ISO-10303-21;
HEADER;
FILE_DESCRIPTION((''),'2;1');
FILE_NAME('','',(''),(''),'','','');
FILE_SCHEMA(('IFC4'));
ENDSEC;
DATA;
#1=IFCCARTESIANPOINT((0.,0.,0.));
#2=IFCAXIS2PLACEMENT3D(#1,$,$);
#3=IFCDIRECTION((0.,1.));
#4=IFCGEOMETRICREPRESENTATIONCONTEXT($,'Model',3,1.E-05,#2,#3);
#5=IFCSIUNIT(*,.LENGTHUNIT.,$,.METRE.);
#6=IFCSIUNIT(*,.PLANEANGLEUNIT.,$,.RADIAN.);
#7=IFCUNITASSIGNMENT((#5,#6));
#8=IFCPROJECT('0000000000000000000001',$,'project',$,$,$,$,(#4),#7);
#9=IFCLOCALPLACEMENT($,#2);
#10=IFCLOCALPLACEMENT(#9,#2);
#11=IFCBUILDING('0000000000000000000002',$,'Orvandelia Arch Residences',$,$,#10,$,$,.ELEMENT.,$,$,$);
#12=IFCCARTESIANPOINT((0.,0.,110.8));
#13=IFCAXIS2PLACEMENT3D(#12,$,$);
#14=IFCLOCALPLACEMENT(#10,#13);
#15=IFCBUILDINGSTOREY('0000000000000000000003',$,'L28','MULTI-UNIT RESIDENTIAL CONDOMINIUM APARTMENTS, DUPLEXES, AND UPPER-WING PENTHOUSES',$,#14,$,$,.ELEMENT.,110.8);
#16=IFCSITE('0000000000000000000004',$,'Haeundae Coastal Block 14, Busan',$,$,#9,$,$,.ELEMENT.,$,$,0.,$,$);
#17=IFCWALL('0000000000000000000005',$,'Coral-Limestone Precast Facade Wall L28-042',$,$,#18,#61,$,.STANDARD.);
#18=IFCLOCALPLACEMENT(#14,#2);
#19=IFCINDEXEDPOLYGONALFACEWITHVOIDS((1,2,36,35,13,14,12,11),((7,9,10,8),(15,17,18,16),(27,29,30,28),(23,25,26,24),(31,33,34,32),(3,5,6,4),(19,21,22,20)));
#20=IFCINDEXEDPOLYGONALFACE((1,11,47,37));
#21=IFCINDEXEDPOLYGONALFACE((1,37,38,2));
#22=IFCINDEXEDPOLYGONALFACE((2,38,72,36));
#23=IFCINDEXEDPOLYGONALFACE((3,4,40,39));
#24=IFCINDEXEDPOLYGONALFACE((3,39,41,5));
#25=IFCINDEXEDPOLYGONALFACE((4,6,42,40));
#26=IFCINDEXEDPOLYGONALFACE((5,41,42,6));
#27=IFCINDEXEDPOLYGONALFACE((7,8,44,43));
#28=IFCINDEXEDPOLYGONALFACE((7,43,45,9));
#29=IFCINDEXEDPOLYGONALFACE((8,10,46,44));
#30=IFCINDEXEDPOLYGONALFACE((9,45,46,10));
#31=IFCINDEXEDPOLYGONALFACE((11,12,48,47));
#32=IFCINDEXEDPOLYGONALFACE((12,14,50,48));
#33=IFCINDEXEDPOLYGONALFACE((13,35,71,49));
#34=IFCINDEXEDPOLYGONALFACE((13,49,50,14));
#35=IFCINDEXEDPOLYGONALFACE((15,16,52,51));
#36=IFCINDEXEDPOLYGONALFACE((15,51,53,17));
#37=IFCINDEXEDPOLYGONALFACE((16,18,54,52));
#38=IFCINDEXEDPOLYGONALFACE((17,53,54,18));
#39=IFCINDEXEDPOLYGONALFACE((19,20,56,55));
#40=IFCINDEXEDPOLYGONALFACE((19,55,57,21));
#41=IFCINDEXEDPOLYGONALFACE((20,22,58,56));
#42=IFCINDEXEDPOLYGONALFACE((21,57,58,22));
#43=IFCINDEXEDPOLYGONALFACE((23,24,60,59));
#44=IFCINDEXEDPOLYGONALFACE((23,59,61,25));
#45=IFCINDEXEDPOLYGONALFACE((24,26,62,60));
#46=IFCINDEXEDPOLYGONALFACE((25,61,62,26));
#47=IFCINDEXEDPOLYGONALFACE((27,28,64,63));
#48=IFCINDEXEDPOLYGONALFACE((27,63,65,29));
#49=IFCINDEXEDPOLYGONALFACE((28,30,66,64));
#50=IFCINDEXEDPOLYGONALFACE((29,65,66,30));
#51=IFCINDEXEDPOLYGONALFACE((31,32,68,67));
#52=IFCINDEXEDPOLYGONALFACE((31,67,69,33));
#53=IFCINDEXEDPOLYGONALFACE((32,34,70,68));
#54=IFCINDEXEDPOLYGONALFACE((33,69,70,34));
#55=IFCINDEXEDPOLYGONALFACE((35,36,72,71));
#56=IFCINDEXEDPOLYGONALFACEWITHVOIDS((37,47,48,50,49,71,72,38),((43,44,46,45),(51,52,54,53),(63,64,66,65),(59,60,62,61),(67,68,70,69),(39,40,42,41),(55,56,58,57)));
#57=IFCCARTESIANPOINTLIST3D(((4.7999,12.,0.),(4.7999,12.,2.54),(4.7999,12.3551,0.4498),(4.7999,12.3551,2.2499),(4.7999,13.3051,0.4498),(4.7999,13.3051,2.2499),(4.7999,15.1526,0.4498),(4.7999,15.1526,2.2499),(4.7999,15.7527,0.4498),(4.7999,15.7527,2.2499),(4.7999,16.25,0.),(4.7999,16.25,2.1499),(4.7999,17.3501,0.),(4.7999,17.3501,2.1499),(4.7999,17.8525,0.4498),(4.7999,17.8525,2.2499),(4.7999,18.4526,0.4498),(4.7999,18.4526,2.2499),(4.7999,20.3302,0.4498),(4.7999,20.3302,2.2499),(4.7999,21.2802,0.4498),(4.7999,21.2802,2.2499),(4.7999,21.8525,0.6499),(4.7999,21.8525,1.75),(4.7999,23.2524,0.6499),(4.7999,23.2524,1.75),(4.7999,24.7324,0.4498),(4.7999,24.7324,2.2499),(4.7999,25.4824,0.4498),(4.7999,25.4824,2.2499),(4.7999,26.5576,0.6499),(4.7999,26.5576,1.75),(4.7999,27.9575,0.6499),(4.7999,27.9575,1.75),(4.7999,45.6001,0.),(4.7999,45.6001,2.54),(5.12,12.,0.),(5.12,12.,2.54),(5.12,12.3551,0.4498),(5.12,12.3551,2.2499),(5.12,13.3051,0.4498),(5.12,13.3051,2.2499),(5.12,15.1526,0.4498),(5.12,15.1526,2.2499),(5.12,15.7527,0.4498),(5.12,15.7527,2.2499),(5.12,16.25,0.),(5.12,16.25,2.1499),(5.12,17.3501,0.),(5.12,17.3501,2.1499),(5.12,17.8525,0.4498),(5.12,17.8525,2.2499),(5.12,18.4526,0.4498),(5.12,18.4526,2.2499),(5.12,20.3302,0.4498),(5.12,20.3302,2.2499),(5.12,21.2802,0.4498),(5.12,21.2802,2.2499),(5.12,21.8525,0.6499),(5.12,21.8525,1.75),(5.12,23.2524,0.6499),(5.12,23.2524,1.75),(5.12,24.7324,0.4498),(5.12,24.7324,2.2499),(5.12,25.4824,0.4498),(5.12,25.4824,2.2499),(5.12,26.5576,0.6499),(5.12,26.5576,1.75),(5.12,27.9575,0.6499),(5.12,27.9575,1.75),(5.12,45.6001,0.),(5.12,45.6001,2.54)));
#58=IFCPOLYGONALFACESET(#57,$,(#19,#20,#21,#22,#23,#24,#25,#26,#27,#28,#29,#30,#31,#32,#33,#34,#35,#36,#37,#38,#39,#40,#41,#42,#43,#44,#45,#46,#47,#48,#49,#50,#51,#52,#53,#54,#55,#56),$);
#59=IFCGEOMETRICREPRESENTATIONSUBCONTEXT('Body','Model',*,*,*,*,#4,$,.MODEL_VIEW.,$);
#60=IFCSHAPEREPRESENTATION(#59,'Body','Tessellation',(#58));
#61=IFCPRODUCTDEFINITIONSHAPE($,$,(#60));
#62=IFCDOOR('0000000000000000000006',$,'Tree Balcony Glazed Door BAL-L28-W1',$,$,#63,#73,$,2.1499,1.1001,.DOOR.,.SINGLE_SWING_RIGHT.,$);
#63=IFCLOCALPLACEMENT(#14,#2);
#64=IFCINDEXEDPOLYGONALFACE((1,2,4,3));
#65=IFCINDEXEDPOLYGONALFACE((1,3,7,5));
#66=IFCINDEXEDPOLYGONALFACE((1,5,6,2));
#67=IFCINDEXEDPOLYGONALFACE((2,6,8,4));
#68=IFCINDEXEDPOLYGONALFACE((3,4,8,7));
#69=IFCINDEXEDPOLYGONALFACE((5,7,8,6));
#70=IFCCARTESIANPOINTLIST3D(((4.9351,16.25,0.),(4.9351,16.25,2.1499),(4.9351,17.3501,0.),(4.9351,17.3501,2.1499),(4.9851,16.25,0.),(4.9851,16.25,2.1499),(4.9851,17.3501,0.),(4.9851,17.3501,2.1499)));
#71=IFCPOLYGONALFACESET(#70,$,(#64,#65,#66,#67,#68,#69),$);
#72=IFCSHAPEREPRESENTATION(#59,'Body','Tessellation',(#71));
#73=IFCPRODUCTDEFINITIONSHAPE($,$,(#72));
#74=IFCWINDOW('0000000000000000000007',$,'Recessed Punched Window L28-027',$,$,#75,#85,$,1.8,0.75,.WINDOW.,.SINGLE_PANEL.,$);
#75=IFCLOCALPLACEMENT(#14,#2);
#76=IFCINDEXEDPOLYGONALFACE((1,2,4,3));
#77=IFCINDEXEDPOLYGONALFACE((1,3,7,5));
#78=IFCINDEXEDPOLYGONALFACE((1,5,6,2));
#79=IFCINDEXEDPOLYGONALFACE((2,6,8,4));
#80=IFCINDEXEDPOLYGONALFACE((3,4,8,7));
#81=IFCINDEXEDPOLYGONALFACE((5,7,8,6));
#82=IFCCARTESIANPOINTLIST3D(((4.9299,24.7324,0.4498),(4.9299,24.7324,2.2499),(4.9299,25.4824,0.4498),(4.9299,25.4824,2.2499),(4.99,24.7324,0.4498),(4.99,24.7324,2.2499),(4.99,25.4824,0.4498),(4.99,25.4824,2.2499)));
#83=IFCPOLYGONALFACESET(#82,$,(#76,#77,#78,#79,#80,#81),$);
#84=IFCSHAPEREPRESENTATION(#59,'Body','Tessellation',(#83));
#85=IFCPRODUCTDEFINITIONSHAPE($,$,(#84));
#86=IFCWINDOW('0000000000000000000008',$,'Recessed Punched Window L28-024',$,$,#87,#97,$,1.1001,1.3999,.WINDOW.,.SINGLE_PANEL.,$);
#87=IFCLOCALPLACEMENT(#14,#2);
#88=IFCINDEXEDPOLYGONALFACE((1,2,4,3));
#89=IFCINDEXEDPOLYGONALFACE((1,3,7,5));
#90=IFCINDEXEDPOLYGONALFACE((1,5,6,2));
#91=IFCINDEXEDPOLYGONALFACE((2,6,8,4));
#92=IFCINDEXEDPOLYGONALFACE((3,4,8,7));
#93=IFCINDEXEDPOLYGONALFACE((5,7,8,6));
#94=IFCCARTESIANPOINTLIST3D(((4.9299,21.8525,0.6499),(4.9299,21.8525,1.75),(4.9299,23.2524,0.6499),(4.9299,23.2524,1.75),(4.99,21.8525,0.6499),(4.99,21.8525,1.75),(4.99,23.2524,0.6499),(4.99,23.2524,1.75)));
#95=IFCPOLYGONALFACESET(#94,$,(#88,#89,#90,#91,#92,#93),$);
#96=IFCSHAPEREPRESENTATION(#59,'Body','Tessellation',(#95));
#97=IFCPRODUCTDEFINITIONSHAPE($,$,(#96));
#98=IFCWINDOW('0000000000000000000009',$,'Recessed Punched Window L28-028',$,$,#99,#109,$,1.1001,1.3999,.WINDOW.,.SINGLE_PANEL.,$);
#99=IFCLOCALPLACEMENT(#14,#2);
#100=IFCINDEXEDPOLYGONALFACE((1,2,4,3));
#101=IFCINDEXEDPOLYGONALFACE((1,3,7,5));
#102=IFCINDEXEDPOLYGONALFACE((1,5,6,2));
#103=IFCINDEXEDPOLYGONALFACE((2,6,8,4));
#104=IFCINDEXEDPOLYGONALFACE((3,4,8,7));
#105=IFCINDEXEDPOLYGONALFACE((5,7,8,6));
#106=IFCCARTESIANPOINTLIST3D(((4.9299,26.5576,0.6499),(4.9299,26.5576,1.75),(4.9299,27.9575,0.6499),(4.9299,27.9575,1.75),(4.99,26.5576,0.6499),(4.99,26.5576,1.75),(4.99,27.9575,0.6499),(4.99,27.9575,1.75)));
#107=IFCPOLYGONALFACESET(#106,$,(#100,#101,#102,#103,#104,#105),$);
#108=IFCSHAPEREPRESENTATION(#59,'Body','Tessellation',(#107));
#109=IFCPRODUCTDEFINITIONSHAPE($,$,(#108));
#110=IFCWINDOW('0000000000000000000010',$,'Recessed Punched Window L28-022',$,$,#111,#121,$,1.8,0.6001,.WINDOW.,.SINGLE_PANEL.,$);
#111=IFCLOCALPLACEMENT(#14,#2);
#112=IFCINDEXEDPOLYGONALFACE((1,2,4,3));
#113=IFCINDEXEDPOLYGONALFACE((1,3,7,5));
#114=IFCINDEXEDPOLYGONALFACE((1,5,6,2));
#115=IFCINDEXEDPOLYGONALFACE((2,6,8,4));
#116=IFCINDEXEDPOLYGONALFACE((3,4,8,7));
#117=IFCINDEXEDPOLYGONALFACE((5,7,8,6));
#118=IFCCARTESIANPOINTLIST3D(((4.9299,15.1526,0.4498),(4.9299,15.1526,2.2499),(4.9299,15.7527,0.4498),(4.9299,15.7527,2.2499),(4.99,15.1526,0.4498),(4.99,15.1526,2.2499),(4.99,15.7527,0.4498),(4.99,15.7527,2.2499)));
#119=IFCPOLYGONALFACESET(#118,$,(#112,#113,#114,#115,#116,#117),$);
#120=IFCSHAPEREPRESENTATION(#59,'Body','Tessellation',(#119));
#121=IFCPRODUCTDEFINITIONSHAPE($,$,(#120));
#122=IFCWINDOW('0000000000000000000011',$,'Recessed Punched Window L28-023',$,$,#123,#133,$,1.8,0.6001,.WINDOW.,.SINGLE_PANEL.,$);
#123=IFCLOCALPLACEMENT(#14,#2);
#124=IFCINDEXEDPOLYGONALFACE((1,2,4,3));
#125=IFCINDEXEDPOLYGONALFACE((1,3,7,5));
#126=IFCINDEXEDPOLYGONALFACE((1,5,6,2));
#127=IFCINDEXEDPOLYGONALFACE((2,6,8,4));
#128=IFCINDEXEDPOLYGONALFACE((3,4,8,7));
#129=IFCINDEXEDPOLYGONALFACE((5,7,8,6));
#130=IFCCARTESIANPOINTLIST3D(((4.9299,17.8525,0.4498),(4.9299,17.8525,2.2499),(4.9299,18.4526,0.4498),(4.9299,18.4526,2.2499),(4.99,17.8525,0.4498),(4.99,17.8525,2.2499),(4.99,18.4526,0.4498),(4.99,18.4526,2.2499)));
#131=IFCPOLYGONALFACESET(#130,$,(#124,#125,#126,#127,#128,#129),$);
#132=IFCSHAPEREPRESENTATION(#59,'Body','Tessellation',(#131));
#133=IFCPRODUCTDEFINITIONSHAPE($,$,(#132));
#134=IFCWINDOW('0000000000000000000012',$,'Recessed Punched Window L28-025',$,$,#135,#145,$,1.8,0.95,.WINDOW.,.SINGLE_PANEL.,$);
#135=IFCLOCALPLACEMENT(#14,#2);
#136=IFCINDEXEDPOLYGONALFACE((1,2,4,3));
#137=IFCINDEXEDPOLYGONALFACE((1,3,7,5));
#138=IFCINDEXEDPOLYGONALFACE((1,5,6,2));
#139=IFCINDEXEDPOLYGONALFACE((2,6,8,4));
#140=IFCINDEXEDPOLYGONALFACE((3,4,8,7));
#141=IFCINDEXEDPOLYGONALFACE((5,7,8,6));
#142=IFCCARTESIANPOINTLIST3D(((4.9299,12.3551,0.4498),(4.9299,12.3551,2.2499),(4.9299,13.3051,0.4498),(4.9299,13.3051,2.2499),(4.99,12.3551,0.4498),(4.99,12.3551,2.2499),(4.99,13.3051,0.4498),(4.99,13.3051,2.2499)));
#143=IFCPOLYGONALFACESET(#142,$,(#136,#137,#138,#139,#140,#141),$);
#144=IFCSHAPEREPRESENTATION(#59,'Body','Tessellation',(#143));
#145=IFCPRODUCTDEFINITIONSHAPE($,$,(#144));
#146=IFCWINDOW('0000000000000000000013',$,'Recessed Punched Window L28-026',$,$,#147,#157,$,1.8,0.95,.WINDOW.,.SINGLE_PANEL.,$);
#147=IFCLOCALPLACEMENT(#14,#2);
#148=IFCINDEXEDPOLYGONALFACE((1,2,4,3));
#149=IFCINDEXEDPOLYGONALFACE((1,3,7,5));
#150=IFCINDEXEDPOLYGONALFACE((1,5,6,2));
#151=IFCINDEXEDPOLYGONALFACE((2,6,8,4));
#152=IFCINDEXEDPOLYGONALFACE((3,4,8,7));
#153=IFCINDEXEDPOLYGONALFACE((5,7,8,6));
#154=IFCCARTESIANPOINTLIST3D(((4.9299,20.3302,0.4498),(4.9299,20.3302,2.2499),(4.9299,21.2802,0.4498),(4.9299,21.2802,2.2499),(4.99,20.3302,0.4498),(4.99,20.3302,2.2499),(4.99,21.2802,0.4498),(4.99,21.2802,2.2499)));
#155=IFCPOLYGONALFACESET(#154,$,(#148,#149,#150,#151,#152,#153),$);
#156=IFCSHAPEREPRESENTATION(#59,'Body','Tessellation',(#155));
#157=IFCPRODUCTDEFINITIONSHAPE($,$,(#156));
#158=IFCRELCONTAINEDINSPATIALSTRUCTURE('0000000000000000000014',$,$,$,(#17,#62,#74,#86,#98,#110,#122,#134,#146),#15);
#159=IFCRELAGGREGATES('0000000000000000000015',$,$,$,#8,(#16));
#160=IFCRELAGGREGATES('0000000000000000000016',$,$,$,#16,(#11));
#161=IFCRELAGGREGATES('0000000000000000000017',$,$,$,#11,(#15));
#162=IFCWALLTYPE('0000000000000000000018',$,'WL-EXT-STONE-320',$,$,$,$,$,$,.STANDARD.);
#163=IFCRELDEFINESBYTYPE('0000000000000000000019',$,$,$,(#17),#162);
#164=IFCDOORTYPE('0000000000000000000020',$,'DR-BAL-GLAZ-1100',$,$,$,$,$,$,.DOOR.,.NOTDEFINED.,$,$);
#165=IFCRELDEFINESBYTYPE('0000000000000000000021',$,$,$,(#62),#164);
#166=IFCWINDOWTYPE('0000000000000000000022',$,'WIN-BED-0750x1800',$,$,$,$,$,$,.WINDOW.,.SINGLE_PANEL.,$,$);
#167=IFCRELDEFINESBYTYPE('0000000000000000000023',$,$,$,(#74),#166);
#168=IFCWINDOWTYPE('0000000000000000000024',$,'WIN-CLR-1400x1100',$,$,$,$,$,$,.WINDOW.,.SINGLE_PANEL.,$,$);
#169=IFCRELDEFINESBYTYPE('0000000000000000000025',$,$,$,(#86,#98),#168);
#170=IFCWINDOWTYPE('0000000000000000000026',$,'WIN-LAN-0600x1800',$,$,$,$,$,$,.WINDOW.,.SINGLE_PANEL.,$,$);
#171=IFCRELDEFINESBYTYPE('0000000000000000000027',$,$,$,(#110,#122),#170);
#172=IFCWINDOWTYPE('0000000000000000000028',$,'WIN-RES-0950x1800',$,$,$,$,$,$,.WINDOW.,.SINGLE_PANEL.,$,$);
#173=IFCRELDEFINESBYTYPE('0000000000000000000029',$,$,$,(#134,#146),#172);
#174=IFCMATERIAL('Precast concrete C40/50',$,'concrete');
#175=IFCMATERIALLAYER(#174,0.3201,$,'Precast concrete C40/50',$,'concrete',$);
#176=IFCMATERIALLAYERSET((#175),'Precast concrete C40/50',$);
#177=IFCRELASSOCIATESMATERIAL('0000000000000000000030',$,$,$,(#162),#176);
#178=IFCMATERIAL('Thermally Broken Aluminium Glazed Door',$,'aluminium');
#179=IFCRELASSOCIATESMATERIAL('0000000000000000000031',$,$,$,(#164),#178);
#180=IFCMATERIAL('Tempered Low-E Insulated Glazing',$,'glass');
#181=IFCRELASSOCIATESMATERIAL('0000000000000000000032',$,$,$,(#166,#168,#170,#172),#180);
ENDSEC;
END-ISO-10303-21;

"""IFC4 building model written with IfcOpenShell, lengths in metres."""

from ifc_helpers import new_model, si_unit, direction, frame, frame_2d, origin, place, context, subcontext, project, spatial, rectangle, extrude, material, layer, layer_set, type_object, element, fill, save


model = new_model("IFC4")

# Units and contexts
model_context = context("Model", 3, precision=1e-05, world=origin(), true_north=direction((0.0, 1.0)))
body_context = subcontext(model_context, "Body", "Model", "MODEL_VIEW")
ifc_project = project(units=[si_unit("LENGTHUNIT", "METRE"), si_unit("PLANEANGLEUNIT", "RADIAN")], contexts=[model_context])

# Site, building, storey
site_placement = place(None, origin())
site = spatial("IfcSite", under=ifc_project, at=site_placement, Name="Haeundae Coastal Block 14, Busan", CompositionType="ELEMENT", RefElevation=0.0)
building_placement = place(site_placement, origin())
building = spatial("IfcBuilding", under=site, at=building_placement, Name="Orvandelia Arch Residences", CompositionType="ELEMENT")
storey_placement = place(building_placement, frame((0.0, 0.0, 110.8)))
storey = spatial("IfcBuildingStorey", under=building, at=storey_placement, Name="L28", Description="MULTI-UNIT RESIDENTIAL CONDOMINIUM APARTMENTS, DUPLEXES, AND UPPER-WING PENTHOUSES", CompositionType="ELEMENT", Elevation=110.8)

# Shared definitions
ifc_material_1 = material(Name="Precast concrete C40/50", Category="concrete")

# Shared definitions
ifc_layer_1 = layer(ifc_material_1, 0.3201, Name="Precast concrete C40/50", Category="concrete")
ifc_layer_set_1 = layer_set([ifc_layer_1], Name="Precast concrete C40/50")
wall_type_1 = type_object("IfcWallType", Name="WL-EXT-STONE-320", PredefinedType="STANDARD", material=ifc_layer_set_1)

# Wall, openings, door, windows
wall_1_placement = place(storey_placement, frame((4.96, 12.0, 0.0), z_axis=(0.0, 0.0, 1.0), x_axis=(0.0, 1.0, 0.0)))
wall_1 = element("IfcWall", 1, at=wall_1_placement, inside=storey, type_object=wall_type_1, Name="Coral-Limestone Precast Facade Wall L28-042", PredefinedType="STANDARD", context=body_context, shape_type="SweptSolid", body=[
    extrude(rectangle(XDim=33.6001, YDim=0.3201, at=frame_2d((16.8, 0.0))), origin(), (0.0, 0.0, 1.0), 2.54),
])
opening_1_placement = place(wall_1_placement, frame((4.25, 0.0, 0.0)))
opening_1 = element("IfcOpeningElement", 2, at=opening_1_placement, cuts=wall_1, PredefinedType="OPENING", context=body_context, shape_type="SweptSolid", body=[
    extrude(rectangle(XDim=1.1001, YDim=2.1499, at=frame_2d((0.55, 1.075))), frame((0.0, 0.1699, 0.0), z_axis=(0.0, -1.0, 0.0), x_axis=(1.0, 0.0, 0.0)), (0.0, 0.0, 1.0), 0.3401),
])
opening_2_placement = place(wall_1_placement, frame((3.1526, 0.0, 0.45)))
opening_2 = element("IfcOpeningElement", 3, at=opening_2_placement, cuts=wall_1, PredefinedType="OPENING", context=body_context, shape_type="SweptSolid", body=[
    extrude(rectangle(XDim=0.6001, YDim=1.8, at=frame_2d((0.3, 0.8999))), frame((0.0, 0.1699, 0.0), z_axis=(0.0, -1.0, 0.0), x_axis=(1.0, 0.0, 0.0)), (0.0, 0.0, 1.0), 0.3401),
])
opening_3_placement = place(wall_1_placement, frame((5.8525, 0.0, 0.45)))
opening_3 = element("IfcOpeningElement", 4, at=opening_3_placement, cuts=wall_1, PredefinedType="OPENING", context=body_context, shape_type="SweptSolid", body=[
    extrude(rectangle(XDim=0.6001, YDim=1.8, at=frame_2d((0.3, 0.8999))), frame((0.0, 0.1699, 0.0), z_axis=(0.0, -1.0, 0.0), x_axis=(1.0, 0.0, 0.0)), (0.0, 0.0, 1.0), 0.3401),
])
opening_4_placement = place(wall_1_placement, frame((9.8525, 0.0, 0.6499)))
opening_4 = element("IfcOpeningElement", 5, at=opening_4_placement, cuts=wall_1, PredefinedType="OPENING", context=body_context, shape_type="SweptSolid", body=[
    extrude(rectangle(XDim=1.3999, YDim=1.1001, at=frame_2d((0.7, 0.55))), frame((0.0, 0.1699, 0.0), z_axis=(0.0, -1.0, 0.0), x_axis=(1.0, 0.0, 0.0)), (0.0, 0.0, 1.0), 0.3401),
])
opening_5_placement = place(wall_1_placement, frame((0.355, 0.0, 0.45)))
opening_5 = element("IfcOpeningElement", 6, at=opening_5_placement, cuts=wall_1, PredefinedType="OPENING", context=body_context, shape_type="SweptSolid", body=[
    extrude(rectangle(XDim=0.95, YDim=1.8, at=frame_2d((0.4751, 0.8999))), frame((0.0, 0.1699, 0.0), z_axis=(0.0, -1.0, 0.0), x_axis=(1.0, 0.0, 0.0)), (0.0, 0.0, 1.0), 0.3401),
])
opening_6_placement = place(wall_1_placement, frame((8.3301, 0.0, 0.45)))
opening_6 = element("IfcOpeningElement", 7, at=opening_6_placement, cuts=wall_1, PredefinedType="OPENING", context=body_context, shape_type="SweptSolid", body=[
    extrude(rectangle(XDim=0.95, YDim=1.8, at=frame_2d((0.4751, 0.8999))), frame((0.0, 0.1699, 0.0), z_axis=(0.0, -1.0, 0.0), x_axis=(1.0, 0.0, 0.0)), (0.0, 0.0, 1.0), 0.3401),
])
opening_7_placement = place(wall_1_placement, frame((12.7324, 0.0, 0.45)))
opening_7 = element("IfcOpeningElement", 8, at=opening_7_placement, cuts=wall_1, PredefinedType="OPENING", context=body_context, shape_type="SweptSolid", body=[
    extrude(rectangle(XDim=0.75, YDim=1.8, at=frame_2d((0.375, 0.8999))), frame((0.0, 0.1699, 0.0), z_axis=(0.0, -1.0, 0.0), x_axis=(1.0, 0.0, 0.0)), (0.0, 0.0, 1.0), 0.3401),
])
opening_8_placement = place(wall_1_placement, frame((14.5576, 0.0, 0.6499)))
opening_8 = element("IfcOpeningElement", 9, at=opening_8_placement, cuts=wall_1, PredefinedType="OPENING", context=body_context, shape_type="SweptSolid", body=[
    extrude(rectangle(XDim=1.3999, YDim=1.1001, at=frame_2d((0.7, 0.55))), frame((0.0, 0.1699, 0.0), z_axis=(0.0, -1.0, 0.0), x_axis=(1.0, 0.0, 0.0)), (0.0, 0.0, 1.0), 0.3401),
])
ifc_material_2 = material(Name="Thermally Broken Aluminium Glazed Door", Category="aluminium")
door_type_1 = type_object("IfcDoorType", Name="DR-BAL-GLAZ-1100", OperationType="NOTDEFINED", PredefinedType="DOOR", material=ifc_material_2)
door_1_placement = place(opening_1_placement, origin())
door_1 = element("IfcDoor", 10, at=door_1_placement, inside=storey, type_object=door_type_1, Name="Tree Balcony Glazed Door BAL-L28-W1", OperationType="SINGLE_SWING_RIGHT", OverallHeight=2.1499, OverallWidth=1.1001, PredefinedType="DOOR", context=body_context, shape_type="SweptSolid", body=[
    extrude(rectangle(XDim=1.1001, YDim=2.1499, at=frame_2d((0.55, 1.075))), frame((0.0, 0.0249, 0.0), z_axis=(0.0, -1.0, 0.0), x_axis=(1.0, 0.0, 0.0)), (0.0, 0.0, 1.0), 0.05),
])
fill(opening_1, door_1)
ifc_material_3 = material(Name="Tempered Low-E Insulated Glazing", Category="glass")
window_type_1 = type_object("IfcWindowType", Name="WIN-BED-0750x1800", PartitioningType="SINGLE_PANEL", PredefinedType="WINDOW", material=ifc_material_3)
window_1_placement = place(opening_7_placement, origin())
window_1 = element("IfcWindow", 11, at=window_1_placement, inside=storey, type_object=window_type_1, Name="Recessed Punched Window L28-027", OverallHeight=1.8, OverallWidth=0.75, PartitioningType="SINGLE_PANEL", PredefinedType="WINDOW", context=body_context, shape_type="SweptSolid", body=[
    extrude(rectangle(XDim=0.75, YDim=1.8, at=frame_2d((0.375, 0.8999))), frame((0.0, 0.03, 0.0), z_axis=(0.0, -1.0, 0.0), x_axis=(1.0, 0.0, 0.0)), (0.0, 0.0, 1.0), 0.0601),
])
fill(opening_7, window_1)
window_type_2 = type_object("IfcWindowType", Name="WIN-CLR-1400x1100", PartitioningType="SINGLE_PANEL", PredefinedType="WINDOW", material=ifc_material_3)
window_2_placement = place(opening_4_placement, origin())
window_2 = element("IfcWindow", 12, at=window_2_placement, inside=storey, type_object=window_type_2, Name="Recessed Punched Window L28-024", OverallHeight=1.1001, OverallWidth=1.3999, PartitioningType="SINGLE_PANEL", PredefinedType="WINDOW", context=body_context, shape_type="SweptSolid", body=[
    extrude(rectangle(XDim=1.3999, YDim=1.1001, at=frame_2d((0.7, 0.55))), frame((0.0, 0.03, 0.0), z_axis=(0.0, -1.0, 0.0), x_axis=(1.0, 0.0, 0.0)), (0.0, 0.0, 1.0), 0.0601),
])
fill(opening_4, window_2)
window_3_placement = place(opening_8_placement, origin())
window_3 = element("IfcWindow", 13, at=window_3_placement, inside=storey, type_object=window_type_2, Name="Recessed Punched Window L28-028", OverallHeight=1.1001, OverallWidth=1.3999, PartitioningType="SINGLE_PANEL", PredefinedType="WINDOW", context=body_context, shape_type="SweptSolid", body=[
    extrude(rectangle(XDim=1.3999, YDim=1.1001, at=frame_2d((0.7, 0.55))), frame((0.0, 0.03, 0.0), z_axis=(0.0, -1.0, 0.0), x_axis=(1.0, 0.0, 0.0)), (0.0, 0.0, 1.0), 0.0601),
])
fill(opening_8, window_3)
window_type_3 = type_object("IfcWindowType", Name="WIN-LAN-0600x1800", PartitioningType="SINGLE_PANEL", PredefinedType="WINDOW", material=ifc_material_3)
window_4_placement = place(opening_2_placement, origin())
window_4 = element("IfcWindow", 14, at=window_4_placement, inside=storey, type_object=window_type_3, Name="Recessed Punched Window L28-022", OverallHeight=1.8, OverallWidth=0.6001, PartitioningType="SINGLE_PANEL", PredefinedType="WINDOW", context=body_context, shape_type="SweptSolid", body=[
    extrude(rectangle(XDim=0.6001, YDim=1.8, at=frame_2d((0.3, 0.8999))), frame((0.0, 0.03, 0.0), z_axis=(0.0, -1.0, 0.0), x_axis=(1.0, 0.0, 0.0)), (0.0, 0.0, 1.0), 0.0601),
])
fill(opening_2, window_4)
window_5_placement = place(opening_3_placement, origin())
window_5 = element("IfcWindow", 15, at=window_5_placement, inside=storey, type_object=window_type_3, Name="Recessed Punched Window L28-023", OverallHeight=1.8, OverallWidth=0.6001, PartitioningType="SINGLE_PANEL", PredefinedType="WINDOW", context=body_context, shape_type="SweptSolid", body=[
    extrude(rectangle(XDim=0.6001, YDim=1.8, at=frame_2d((0.3, 0.8999))), frame((0.0, 0.03, 0.0), z_axis=(0.0, -1.0, 0.0), x_axis=(1.0, 0.0, 0.0)), (0.0, 0.0, 1.0), 0.0601),
])
fill(opening_3, window_5)
window_type_4 = type_object("IfcWindowType", Name="WIN-RES-0950x1800", PartitioningType="SINGLE_PANEL", PredefinedType="WINDOW", material=ifc_material_3)
window_6_placement = place(opening_5_placement, origin())
window_6 = element("IfcWindow", 16, at=window_6_placement, inside=storey, type_object=window_type_4, Name="Recessed Punched Window L28-025", OverallHeight=1.8, OverallWidth=0.95, PartitioningType="SINGLE_PANEL", PredefinedType="WINDOW", context=body_context, shape_type="SweptSolid", body=[
    extrude(rectangle(XDim=0.95, YDim=1.8, at=frame_2d((0.4751, 0.8999))), frame((0.0, 0.03, 0.0), z_axis=(0.0, -1.0, 0.0), x_axis=(1.0, 0.0, 0.0)), (0.0, 0.0, 1.0), 0.0601),
])
fill(opening_5, window_6)
window_7_placement = place(opening_6_placement, origin())
window_7 = element("IfcWindow", 17, at=window_7_placement, inside=storey, type_object=window_type_4, Name="Recessed Punched Window L28-026", OverallHeight=1.8, OverallWidth=0.95, PartitioningType="SINGLE_PANEL", PredefinedType="WINDOW", context=body_context, shape_type="SweptSolid", body=[
    extrude(rectangle(XDim=0.95, YDim=1.8, at=frame_2d((0.4751, 0.8999))), frame((0.0, 0.03, 0.0), z_axis=(0.0, -1.0, 0.0), x_axis=(1.0, 0.0, 0.0)), (0.0, 0.0, 1.0), 0.0601),
])
fill(opening_6, window_7)

save(model, "model.ifc")
